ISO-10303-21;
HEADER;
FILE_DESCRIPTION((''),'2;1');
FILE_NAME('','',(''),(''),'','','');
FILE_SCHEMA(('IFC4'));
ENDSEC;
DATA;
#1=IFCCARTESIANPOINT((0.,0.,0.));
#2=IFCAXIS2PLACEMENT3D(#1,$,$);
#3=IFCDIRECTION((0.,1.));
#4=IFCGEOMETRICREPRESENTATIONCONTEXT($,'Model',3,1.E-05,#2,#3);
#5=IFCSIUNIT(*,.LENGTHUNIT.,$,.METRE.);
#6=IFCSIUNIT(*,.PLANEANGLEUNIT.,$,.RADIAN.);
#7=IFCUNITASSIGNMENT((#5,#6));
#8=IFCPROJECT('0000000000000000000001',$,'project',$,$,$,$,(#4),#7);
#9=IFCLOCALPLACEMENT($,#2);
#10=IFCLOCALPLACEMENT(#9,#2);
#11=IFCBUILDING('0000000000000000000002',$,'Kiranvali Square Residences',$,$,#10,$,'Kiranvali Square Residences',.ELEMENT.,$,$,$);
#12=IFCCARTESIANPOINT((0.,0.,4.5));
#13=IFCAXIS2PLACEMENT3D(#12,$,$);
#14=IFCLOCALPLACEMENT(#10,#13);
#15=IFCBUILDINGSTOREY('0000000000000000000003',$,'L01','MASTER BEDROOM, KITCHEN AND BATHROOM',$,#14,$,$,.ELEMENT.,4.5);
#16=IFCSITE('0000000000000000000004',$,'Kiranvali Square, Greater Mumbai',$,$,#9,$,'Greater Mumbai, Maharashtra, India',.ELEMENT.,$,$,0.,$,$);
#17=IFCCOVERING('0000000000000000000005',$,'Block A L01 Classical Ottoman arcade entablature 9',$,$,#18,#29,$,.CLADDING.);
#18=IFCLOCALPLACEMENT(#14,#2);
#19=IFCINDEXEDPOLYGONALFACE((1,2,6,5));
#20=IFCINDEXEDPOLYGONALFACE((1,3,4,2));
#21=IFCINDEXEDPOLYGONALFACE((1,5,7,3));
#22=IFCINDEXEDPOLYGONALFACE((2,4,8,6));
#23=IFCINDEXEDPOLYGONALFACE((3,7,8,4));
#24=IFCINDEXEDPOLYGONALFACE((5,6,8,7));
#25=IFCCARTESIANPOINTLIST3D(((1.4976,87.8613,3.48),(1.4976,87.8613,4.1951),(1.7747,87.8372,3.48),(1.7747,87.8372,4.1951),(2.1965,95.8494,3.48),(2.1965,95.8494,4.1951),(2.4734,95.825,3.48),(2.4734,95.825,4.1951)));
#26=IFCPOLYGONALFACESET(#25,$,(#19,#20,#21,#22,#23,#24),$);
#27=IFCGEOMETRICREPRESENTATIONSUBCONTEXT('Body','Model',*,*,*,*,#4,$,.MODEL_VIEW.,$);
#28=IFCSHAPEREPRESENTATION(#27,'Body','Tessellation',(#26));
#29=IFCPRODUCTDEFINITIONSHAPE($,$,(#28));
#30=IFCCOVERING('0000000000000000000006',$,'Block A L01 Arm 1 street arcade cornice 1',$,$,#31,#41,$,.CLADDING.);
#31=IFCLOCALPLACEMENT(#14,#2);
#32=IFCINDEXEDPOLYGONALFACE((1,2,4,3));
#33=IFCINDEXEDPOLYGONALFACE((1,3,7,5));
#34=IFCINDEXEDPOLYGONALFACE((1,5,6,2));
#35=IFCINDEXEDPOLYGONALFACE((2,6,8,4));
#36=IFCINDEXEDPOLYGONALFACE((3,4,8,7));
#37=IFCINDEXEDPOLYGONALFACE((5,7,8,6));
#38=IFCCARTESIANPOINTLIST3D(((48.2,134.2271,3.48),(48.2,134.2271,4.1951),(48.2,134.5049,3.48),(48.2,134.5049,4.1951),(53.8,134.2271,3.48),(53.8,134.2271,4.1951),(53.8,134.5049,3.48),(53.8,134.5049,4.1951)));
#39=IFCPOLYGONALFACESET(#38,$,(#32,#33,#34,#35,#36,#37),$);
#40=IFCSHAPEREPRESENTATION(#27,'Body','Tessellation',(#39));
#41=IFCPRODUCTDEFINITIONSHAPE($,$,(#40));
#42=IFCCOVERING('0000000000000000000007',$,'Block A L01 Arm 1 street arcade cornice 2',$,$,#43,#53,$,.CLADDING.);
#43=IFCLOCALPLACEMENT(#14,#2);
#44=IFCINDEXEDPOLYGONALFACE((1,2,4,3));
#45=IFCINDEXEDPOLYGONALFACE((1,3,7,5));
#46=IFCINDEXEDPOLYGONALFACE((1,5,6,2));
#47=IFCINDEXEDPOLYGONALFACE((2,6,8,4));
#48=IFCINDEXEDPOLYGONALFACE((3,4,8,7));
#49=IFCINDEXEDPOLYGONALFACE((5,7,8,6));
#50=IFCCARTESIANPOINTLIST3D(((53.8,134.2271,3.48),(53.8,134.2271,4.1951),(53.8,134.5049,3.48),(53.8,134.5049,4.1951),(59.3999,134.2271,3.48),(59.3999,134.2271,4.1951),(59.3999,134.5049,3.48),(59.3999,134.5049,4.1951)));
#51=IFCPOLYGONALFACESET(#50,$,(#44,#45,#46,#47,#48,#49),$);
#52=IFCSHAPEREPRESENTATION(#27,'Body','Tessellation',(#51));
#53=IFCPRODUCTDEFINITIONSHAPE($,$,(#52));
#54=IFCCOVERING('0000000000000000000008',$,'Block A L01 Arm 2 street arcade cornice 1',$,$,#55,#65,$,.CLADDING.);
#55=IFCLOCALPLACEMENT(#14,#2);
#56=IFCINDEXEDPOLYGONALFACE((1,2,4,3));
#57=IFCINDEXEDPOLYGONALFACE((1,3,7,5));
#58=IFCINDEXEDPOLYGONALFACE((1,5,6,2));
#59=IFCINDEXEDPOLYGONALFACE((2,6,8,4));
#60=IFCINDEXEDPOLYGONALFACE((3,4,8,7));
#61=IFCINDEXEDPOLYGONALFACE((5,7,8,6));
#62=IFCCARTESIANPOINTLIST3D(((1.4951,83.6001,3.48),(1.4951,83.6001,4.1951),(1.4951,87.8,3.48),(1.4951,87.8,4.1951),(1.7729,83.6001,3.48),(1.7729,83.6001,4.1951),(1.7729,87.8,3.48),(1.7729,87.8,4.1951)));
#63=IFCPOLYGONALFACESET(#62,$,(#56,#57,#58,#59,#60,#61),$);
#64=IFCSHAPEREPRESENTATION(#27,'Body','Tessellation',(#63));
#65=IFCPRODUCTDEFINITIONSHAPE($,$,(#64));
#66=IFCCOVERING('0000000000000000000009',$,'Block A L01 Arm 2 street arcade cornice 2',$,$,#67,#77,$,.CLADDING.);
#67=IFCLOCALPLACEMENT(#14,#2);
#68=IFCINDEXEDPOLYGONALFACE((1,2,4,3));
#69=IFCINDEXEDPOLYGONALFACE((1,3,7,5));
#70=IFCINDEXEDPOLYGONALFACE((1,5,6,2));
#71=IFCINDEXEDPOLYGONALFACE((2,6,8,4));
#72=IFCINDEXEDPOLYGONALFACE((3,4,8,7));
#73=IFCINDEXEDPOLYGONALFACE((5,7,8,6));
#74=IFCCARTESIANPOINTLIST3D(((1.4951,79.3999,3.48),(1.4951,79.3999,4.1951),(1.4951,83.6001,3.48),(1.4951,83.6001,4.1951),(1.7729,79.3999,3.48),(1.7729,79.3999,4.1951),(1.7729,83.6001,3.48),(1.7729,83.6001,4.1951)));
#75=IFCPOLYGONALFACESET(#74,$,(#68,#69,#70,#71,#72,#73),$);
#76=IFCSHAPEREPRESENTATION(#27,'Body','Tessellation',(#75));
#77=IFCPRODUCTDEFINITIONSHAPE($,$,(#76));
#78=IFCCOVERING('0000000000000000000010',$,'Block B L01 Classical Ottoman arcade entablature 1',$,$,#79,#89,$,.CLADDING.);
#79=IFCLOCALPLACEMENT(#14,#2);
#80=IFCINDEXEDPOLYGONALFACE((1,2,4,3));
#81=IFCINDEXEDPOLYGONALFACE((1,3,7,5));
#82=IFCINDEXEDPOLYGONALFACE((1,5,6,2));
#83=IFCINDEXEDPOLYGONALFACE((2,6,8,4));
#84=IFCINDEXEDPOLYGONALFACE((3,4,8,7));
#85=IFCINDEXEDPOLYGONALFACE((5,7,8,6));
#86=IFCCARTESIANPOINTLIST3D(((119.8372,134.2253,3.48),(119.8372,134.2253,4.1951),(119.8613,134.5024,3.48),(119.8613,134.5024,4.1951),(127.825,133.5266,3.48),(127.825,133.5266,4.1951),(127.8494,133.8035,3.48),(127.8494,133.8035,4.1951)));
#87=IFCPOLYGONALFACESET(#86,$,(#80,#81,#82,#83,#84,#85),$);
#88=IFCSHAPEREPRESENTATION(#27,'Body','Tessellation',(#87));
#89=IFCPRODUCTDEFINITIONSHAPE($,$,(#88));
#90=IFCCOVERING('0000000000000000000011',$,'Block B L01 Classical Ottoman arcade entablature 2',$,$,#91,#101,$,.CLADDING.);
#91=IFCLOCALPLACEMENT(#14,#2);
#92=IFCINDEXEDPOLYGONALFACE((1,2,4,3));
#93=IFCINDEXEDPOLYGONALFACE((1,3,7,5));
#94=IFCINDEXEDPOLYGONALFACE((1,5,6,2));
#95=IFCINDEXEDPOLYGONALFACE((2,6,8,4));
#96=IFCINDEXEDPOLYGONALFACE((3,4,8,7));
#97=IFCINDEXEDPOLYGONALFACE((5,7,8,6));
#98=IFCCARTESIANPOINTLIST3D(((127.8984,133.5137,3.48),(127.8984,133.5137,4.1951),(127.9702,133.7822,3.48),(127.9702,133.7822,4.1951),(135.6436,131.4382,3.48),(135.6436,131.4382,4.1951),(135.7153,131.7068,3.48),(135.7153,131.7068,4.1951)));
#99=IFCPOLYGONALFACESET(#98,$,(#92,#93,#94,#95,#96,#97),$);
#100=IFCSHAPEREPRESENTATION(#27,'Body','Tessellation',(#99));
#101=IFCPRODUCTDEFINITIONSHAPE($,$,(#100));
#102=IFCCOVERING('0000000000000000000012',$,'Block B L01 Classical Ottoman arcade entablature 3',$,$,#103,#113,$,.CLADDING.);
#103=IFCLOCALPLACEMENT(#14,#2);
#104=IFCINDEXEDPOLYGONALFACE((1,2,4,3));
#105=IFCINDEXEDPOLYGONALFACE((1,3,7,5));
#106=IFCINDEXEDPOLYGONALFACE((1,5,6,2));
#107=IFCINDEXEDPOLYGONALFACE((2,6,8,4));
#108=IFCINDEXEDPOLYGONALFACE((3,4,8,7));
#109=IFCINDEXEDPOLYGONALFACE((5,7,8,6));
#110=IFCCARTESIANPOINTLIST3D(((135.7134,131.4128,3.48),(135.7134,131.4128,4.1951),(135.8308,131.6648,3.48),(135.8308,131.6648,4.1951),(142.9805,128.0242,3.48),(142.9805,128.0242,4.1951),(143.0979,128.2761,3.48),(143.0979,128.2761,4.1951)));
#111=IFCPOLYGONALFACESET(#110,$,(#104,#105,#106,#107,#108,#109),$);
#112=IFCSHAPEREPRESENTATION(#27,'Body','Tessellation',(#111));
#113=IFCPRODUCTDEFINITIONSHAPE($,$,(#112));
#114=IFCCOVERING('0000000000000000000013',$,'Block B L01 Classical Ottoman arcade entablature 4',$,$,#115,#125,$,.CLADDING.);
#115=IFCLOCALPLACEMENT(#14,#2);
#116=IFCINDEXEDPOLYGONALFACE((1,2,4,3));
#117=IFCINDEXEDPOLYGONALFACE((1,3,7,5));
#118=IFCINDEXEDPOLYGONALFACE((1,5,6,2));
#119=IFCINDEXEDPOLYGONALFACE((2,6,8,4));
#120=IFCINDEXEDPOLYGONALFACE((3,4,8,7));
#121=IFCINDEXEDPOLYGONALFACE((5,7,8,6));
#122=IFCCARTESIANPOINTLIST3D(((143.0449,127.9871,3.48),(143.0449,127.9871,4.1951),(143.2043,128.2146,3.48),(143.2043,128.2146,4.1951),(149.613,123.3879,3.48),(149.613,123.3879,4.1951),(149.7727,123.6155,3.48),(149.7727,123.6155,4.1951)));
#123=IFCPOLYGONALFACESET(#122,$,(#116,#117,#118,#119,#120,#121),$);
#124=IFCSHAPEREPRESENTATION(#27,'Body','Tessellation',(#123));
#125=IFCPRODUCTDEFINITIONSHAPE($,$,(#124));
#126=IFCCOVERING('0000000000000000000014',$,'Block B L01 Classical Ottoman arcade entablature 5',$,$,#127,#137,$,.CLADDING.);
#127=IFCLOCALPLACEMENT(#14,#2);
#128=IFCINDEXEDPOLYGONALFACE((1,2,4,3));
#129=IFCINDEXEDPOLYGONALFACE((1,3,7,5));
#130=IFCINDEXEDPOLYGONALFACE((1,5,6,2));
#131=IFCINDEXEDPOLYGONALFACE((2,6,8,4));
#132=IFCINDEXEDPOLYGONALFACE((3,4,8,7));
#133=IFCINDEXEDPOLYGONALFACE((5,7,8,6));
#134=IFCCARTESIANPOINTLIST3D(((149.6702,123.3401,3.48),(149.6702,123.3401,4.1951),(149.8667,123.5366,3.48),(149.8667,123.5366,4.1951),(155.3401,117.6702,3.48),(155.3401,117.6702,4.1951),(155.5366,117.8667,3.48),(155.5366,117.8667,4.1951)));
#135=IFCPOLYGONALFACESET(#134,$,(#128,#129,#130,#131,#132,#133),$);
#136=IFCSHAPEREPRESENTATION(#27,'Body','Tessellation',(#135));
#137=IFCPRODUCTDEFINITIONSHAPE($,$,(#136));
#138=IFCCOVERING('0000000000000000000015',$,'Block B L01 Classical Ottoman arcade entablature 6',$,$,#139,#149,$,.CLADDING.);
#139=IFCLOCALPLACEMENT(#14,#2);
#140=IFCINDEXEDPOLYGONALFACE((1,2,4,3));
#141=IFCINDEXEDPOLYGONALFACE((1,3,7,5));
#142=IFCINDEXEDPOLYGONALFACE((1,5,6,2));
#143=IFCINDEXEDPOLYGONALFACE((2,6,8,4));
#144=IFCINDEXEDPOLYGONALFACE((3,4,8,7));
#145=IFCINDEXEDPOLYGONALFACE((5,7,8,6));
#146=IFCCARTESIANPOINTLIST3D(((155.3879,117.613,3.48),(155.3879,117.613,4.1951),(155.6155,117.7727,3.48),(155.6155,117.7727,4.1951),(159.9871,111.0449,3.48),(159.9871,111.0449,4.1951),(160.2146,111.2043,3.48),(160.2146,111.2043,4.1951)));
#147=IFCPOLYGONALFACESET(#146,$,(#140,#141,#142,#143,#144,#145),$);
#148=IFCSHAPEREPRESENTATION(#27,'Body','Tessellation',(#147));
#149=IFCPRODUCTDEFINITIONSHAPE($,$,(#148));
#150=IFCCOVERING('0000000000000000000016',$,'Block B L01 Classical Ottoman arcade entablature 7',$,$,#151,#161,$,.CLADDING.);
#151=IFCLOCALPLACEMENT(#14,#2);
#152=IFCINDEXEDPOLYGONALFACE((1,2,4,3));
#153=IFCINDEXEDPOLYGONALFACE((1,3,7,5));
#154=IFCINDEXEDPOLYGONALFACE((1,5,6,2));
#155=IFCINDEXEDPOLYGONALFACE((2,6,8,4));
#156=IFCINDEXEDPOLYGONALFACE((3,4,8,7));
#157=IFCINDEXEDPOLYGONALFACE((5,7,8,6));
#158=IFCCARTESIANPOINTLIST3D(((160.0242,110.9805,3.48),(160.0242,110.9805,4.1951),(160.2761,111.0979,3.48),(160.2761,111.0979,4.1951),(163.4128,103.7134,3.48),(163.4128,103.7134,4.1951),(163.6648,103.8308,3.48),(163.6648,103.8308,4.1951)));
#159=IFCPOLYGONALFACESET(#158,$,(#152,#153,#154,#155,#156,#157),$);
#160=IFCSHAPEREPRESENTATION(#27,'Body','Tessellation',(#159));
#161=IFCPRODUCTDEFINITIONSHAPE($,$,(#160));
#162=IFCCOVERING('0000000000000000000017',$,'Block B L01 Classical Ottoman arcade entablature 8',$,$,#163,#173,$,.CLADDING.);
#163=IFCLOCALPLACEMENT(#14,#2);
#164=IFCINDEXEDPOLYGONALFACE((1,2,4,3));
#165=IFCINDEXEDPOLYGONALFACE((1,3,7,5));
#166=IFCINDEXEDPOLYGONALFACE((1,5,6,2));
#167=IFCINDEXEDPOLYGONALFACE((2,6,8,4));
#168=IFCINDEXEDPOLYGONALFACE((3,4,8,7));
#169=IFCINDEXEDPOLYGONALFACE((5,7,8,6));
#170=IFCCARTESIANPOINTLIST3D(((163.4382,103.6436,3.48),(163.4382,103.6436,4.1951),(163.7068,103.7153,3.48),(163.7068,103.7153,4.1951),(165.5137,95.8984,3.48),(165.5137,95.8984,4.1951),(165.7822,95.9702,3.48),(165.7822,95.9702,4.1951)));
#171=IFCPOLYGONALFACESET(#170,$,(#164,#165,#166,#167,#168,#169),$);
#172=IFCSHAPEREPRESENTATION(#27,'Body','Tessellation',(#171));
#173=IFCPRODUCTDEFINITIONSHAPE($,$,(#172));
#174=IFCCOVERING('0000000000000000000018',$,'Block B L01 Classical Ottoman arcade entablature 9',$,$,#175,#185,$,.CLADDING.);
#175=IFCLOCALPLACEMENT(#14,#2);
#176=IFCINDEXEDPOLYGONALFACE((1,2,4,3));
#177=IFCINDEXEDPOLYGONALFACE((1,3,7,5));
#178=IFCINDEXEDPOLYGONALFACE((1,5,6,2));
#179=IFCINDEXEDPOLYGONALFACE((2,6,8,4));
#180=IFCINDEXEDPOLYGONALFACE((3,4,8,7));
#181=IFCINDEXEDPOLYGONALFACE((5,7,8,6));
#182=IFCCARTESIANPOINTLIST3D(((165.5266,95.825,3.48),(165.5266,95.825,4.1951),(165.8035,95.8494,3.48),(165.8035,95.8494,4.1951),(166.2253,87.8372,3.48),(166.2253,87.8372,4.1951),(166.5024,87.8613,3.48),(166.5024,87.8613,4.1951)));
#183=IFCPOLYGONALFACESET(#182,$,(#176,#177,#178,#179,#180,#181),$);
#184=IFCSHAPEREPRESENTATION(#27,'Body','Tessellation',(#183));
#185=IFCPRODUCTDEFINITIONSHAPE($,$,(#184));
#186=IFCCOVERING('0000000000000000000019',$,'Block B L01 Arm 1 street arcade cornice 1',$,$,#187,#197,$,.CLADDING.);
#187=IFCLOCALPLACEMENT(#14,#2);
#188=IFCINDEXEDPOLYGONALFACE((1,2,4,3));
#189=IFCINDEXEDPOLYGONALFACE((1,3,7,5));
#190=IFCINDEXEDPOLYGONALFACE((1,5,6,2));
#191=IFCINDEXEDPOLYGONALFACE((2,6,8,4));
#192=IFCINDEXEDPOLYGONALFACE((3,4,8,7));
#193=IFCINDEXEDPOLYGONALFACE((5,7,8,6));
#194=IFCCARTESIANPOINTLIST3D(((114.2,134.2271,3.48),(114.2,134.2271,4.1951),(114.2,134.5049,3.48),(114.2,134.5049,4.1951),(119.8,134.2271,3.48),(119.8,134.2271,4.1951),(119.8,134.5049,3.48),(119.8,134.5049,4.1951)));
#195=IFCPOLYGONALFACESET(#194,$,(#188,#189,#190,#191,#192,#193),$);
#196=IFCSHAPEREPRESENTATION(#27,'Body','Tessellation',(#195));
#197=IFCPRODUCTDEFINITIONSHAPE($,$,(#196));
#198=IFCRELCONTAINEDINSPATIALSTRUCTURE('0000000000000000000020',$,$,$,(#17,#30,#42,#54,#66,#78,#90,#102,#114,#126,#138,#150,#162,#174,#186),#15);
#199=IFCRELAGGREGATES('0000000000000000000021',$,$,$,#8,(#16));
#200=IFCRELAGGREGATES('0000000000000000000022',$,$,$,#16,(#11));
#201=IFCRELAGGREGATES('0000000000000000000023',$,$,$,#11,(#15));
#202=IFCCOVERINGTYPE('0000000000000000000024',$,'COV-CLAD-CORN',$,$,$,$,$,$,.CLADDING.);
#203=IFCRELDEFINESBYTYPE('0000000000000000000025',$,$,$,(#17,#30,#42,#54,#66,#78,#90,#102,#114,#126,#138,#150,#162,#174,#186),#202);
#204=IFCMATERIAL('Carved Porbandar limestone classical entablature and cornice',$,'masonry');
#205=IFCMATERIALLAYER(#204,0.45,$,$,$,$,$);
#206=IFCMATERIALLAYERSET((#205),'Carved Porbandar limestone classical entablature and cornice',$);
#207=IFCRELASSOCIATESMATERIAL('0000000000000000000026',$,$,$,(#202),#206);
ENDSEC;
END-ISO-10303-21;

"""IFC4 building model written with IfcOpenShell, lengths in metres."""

from ifc_helpers import new_model, si_unit, direction, frame, origin, place, context, subcontext, project, spatial, polyline, outline, extrude, material, layer, layer_set, type_object, element, save


model = new_model("IFC4")

# Units and contexts
model_context = context("Model", 3, precision=1e-05, world=origin(), true_north=direction((0.0, 1.0)))
body_context = subcontext(model_context, "Body", "Model", "MODEL_VIEW")
ifc_project = project(units=[si_unit("LENGTHUNIT", "METRE"), si_unit("PLANEANGLEUNIT", "RADIAN")], contexts=[model_context])

# Site, building, storey
site_placement = place(None, origin())
site = spatial("IfcSite", under=ifc_project, at=site_placement, Name="Kiranvali Square, Greater Mumbai", LongName="Greater Mumbai, Maharashtra, India", CompositionType="ELEMENT", RefElevation=0.0)
building_placement = place(site_placement, origin())
building = spatial("IfcBuilding", under=site, at=building_placement, Name="Kiranvali Square Residences", LongName="Kiranvali Square Residences", CompositionType="ELEMENT")
storey_placement = place(building_placement, frame((0.0, 0.0, 4.5)))
storey = spatial("IfcBuildingStorey", under=building, at=storey_placement, Name="L01", Description="MASTER BEDROOM, KITCHEN AND BATHROOM", CompositionType="ELEMENT", Elevation=4.5)

# Coverings
ifc_material = material(Name="Carved Porbandar limestone classical entablature and cornice", Category="masonry")
ifc_layer = layer(ifc_material, 0.45)
ifc_layer_set = layer_set([ifc_layer], Name="Carved Porbandar limestone classical entablature and cornice")
covering_type = type_object("IfcCoveringType", Name="COV-CLAD-CORN", PredefinedType="CLADDING", material=ifc_layer_set)
covering_1_placement = place(storey_placement, frame((0.0, 0.0, 3.48)))
element("IfcCovering", 1, at=covering_1_placement, inside=storey, type_object=covering_type, Name="Block A L01 Classical Ottoman arcade entablature 9", PredefinedType="CLADDING", context=body_context, shape_type="SweptSolid", body=[
    extrude(outline(polyline([(2.1965, 95.8494), (1.4976, 87.8613), (1.7747, 87.8372), (2.4734, 95.825), (2.1965, 95.8494)])), origin(), (0.0, 0.0, 1.0), 0.7151),
])
covering_2_placement = place(storey_placement, frame((0.0, 0.0, 3.48)))
element("IfcCovering", 2, at=covering_2_placement, inside=storey, type_object=covering_type, Name="Block A L01 Arm 1 street arcade cornice 1", PredefinedType="CLADDING", context=body_context, shape_type="SweptSolid", body=[
    extrude(outline(polyline([(48.2, 134.2271), (53.8, 134.2271), (53.8, 134.5049), (48.2, 134.5049), (48.2, 134.2271)])), origin(), (0.0, 0.0, 1.0), 0.7151),
])
covering_3_placement = place(storey_placement, frame((0.0, 0.0, 3.48)))
element("IfcCovering", 3, at=covering_3_placement, inside=storey, type_object=covering_type, Name="Block A L01 Arm 1 street arcade cornice 2", PredefinedType="CLADDING", context=body_context, shape_type="SweptSolid", body=[
    extrude(outline(polyline([(53.8, 134.2271), (59.3999, 134.2271), (59.3999, 134.5049), (53.8, 134.5049), (53.8, 134.2271)])), origin(), (0.0, 0.0, 1.0), 0.7151),
])
covering_4_placement = place(storey_placement, frame((0.0, 0.0, 3.48)))
element("IfcCovering", 4, at=covering_4_placement, inside=storey, type_object=covering_type, Name="Block A L01 Arm 2 street arcade cornice 1", PredefinedType="CLADDING", context=body_context, shape_type="SweptSolid", body=[
    extrude(outline(polyline([(1.4951, 87.8), (1.4951, 83.6001), (1.7729, 83.6001), (1.7729, 87.8), (1.4951, 87.8)])), origin(), (0.0, 0.0, 1.0), 0.7151),
])
covering_5_placement = place(storey_placement, frame((0.0, 0.0, 3.48)))
element("IfcCovering", 5, at=covering_5_placement, inside=storey, type_object=covering_type, Name="Block A L01 Arm 2 street arcade cornice 2", PredefinedType="CLADDING", context=body_context, shape_type="SweptSolid", body=[
    extrude(outline(polyline([(1.4951, 83.6001), (1.4951, 79.3999), (1.7729, 79.3999), (1.7729, 83.6001), (1.4951, 83.6001)])), origin(), (0.0, 0.0, 1.0), 0.7151),
])
covering_6_placement = place(storey_placement, frame((0.0, 0.0, 3.48)))
element("IfcCovering", 6, at=covering_6_placement, inside=storey, type_object=covering_type, Name="Block B L01 Classical Ottoman arcade entablature 1", PredefinedType="CLADDING", context=body_context, shape_type="SweptSolid", body=[
    extrude(outline(polyline([(119.8372, 134.2253), (127.825, 133.5266), (127.8494, 133.8035), (119.8613, 134.5024), (119.8372, 134.2253)])), origin(), (0.0, 0.0, 1.0), 0.7151),
])
covering_7_placement = place(storey_placement, frame((0.0, 0.0, 3.48)))
element("IfcCovering", 7, at=covering_7_placement, inside=storey, type_object=covering_type, Name="Block B L01 Classical Ottoman arcade entablature 2", PredefinedType="CLADDING", context=body_context, shape_type="SweptSolid", body=[
    extrude(outline(polyline([(127.8984, 133.5137), (135.6436, 131.4382), (135.7153, 131.7068), (127.9702, 133.7822), (127.8984, 133.5137)])), origin(), (0.0, 0.0, 1.0), 0.7151),
])
covering_8_placement = place(storey_placement, frame((0.0, 0.0, 3.48)))
element("IfcCovering", 8, at=covering_8_placement, inside=storey, type_object=covering_type, Name="Block B L01 Classical Ottoman arcade entablature 3", PredefinedType="CLADDING", context=body_context, shape_type="SweptSolid", body=[
    extrude(outline(polyline([(135.7134, 131.4128), (142.9805, 128.0242), (143.0979, 128.2761), (135.8308, 131.6648), (135.7134, 131.4128)])), origin(), (0.0, 0.0, 1.0), 0.7151),
])
covering_9_placement = place(storey_placement, frame((0.0, 0.0, 3.48)))
element("IfcCovering", 9, at=covering_9_placement, inside=storey, type_object=covering_type, Name="Block B L01 Classical Ottoman arcade entablature 4", PredefinedType="CLADDING", context=body_context, shape_type="SweptSolid", body=[
    extrude(outline(polyline([(143.0449, 127.9871), (149.613, 123.3879), (149.7727, 123.6155), (143.2043, 128.2146), (143.0449, 127.9871)])), origin(), (0.0, 0.0, 1.0), 0.7151),
])
covering_10_placement = place(storey_placement, frame((0.0, 0.0, 3.48)))
element("IfcCovering", 10, at=covering_10_placement, inside=storey, type_object=covering_type, Name="Block B L01 Classical Ottoman arcade entablature 5", PredefinedType="CLADDING", context=body_context, shape_type="SweptSolid", body=[
    extrude(outline(polyline([(149.6702, 123.3401), (155.3401, 117.6702), (155.5366, 117.8667), (149.8667, 123.5366), (149.6702, 123.3401)])), origin(), (0.0, 0.0, 1.0), 0.7151),
])
covering_11_placement = place(storey_placement, frame((0.0, 0.0, 3.48)))
element("IfcCovering", 11, at=covering_11_placement, inside=storey, type_object=covering_type, Name="Block B L01 Classical Ottoman arcade entablature 6", PredefinedType="CLADDING", context=body_context, shape_type="SweptSolid", body=[
    extrude(outline(polyline([(155.3879, 117.613), (159.9871, 111.0449), (160.2146, 111.2043), (155.6155, 117.7727), (155.3879, 117.613)])), origin(), (0.0, 0.0, 1.0), 0.7151),
])
covering_12_placement = place(storey_placement, frame((0.0, 0.0, 3.48)))
element("IfcCovering", 12, at=covering_12_placement, inside=storey, type_object=covering_type, Name="Block B L01 Classical Ottoman arcade entablature 7", PredefinedType="CLADDING", context=body_context, shape_type="SweptSolid", body=[
    extrude(outline(polyline([(160.0242, 110.9805), (163.4128, 103.7134), (163.6648, 103.8308), (160.2761, 111.0979), (160.0242, 110.9805)])), origin(), (0.0, 0.0, 1.0), 0.7151),
])
covering_13_placement = place(storey_placement, frame((0.0, 0.0, 3.48)))
element("IfcCovering", 13, at=covering_13_placement, inside=storey, type_object=covering_type, Name="Block B L01 Classical Ottoman arcade entablature 8", PredefinedType="CLADDING", context=body_context, shape_type="SweptSolid", body=[
    extrude(outline(polyline([(163.4382, 103.6436), (165.5137, 95.8984), (165.7822, 95.9702), (163.7068, 103.7153), (163.4382, 103.6436)])), origin(), (0.0, 0.0, 1.0), 0.7151),
])
covering_14_placement = place(storey_placement, frame((0.0, 0.0, 3.48)))
element("IfcCovering", 14, at=covering_14_placement, inside=storey, type_object=covering_type, Name="Block B L01 Classical Ottoman arcade entablature 9", PredefinedType="CLADDING", context=body_context, shape_type="SweptSolid", body=[
    extrude(outline(polyline([(165.5266, 95.825), (166.2253, 87.8372), (166.5024, 87.8613), (165.8035, 95.8494), (165.5266, 95.825)])), origin(), (0.0, 0.0, 1.0), 0.7151),
])
covering_15_placement = place(storey_placement, frame((0.0, 0.0, 3.48)))
element("IfcCovering", 15, at=covering_15_placement, inside=storey, type_object=covering_type, Name="Block B L01 Arm 1 street arcade cornice 1", PredefinedType="CLADDING", context=body_context, shape_type="SweptSolid", body=[
    extrude(outline(polyline([(119.8, 134.5049), (114.2, 134.5049), (114.2, 134.2271), (119.8, 134.2271), (119.8, 134.5049)])), origin(), (0.0, 0.0, 1.0), 0.7151),
])

save(model, "model.ifc")
